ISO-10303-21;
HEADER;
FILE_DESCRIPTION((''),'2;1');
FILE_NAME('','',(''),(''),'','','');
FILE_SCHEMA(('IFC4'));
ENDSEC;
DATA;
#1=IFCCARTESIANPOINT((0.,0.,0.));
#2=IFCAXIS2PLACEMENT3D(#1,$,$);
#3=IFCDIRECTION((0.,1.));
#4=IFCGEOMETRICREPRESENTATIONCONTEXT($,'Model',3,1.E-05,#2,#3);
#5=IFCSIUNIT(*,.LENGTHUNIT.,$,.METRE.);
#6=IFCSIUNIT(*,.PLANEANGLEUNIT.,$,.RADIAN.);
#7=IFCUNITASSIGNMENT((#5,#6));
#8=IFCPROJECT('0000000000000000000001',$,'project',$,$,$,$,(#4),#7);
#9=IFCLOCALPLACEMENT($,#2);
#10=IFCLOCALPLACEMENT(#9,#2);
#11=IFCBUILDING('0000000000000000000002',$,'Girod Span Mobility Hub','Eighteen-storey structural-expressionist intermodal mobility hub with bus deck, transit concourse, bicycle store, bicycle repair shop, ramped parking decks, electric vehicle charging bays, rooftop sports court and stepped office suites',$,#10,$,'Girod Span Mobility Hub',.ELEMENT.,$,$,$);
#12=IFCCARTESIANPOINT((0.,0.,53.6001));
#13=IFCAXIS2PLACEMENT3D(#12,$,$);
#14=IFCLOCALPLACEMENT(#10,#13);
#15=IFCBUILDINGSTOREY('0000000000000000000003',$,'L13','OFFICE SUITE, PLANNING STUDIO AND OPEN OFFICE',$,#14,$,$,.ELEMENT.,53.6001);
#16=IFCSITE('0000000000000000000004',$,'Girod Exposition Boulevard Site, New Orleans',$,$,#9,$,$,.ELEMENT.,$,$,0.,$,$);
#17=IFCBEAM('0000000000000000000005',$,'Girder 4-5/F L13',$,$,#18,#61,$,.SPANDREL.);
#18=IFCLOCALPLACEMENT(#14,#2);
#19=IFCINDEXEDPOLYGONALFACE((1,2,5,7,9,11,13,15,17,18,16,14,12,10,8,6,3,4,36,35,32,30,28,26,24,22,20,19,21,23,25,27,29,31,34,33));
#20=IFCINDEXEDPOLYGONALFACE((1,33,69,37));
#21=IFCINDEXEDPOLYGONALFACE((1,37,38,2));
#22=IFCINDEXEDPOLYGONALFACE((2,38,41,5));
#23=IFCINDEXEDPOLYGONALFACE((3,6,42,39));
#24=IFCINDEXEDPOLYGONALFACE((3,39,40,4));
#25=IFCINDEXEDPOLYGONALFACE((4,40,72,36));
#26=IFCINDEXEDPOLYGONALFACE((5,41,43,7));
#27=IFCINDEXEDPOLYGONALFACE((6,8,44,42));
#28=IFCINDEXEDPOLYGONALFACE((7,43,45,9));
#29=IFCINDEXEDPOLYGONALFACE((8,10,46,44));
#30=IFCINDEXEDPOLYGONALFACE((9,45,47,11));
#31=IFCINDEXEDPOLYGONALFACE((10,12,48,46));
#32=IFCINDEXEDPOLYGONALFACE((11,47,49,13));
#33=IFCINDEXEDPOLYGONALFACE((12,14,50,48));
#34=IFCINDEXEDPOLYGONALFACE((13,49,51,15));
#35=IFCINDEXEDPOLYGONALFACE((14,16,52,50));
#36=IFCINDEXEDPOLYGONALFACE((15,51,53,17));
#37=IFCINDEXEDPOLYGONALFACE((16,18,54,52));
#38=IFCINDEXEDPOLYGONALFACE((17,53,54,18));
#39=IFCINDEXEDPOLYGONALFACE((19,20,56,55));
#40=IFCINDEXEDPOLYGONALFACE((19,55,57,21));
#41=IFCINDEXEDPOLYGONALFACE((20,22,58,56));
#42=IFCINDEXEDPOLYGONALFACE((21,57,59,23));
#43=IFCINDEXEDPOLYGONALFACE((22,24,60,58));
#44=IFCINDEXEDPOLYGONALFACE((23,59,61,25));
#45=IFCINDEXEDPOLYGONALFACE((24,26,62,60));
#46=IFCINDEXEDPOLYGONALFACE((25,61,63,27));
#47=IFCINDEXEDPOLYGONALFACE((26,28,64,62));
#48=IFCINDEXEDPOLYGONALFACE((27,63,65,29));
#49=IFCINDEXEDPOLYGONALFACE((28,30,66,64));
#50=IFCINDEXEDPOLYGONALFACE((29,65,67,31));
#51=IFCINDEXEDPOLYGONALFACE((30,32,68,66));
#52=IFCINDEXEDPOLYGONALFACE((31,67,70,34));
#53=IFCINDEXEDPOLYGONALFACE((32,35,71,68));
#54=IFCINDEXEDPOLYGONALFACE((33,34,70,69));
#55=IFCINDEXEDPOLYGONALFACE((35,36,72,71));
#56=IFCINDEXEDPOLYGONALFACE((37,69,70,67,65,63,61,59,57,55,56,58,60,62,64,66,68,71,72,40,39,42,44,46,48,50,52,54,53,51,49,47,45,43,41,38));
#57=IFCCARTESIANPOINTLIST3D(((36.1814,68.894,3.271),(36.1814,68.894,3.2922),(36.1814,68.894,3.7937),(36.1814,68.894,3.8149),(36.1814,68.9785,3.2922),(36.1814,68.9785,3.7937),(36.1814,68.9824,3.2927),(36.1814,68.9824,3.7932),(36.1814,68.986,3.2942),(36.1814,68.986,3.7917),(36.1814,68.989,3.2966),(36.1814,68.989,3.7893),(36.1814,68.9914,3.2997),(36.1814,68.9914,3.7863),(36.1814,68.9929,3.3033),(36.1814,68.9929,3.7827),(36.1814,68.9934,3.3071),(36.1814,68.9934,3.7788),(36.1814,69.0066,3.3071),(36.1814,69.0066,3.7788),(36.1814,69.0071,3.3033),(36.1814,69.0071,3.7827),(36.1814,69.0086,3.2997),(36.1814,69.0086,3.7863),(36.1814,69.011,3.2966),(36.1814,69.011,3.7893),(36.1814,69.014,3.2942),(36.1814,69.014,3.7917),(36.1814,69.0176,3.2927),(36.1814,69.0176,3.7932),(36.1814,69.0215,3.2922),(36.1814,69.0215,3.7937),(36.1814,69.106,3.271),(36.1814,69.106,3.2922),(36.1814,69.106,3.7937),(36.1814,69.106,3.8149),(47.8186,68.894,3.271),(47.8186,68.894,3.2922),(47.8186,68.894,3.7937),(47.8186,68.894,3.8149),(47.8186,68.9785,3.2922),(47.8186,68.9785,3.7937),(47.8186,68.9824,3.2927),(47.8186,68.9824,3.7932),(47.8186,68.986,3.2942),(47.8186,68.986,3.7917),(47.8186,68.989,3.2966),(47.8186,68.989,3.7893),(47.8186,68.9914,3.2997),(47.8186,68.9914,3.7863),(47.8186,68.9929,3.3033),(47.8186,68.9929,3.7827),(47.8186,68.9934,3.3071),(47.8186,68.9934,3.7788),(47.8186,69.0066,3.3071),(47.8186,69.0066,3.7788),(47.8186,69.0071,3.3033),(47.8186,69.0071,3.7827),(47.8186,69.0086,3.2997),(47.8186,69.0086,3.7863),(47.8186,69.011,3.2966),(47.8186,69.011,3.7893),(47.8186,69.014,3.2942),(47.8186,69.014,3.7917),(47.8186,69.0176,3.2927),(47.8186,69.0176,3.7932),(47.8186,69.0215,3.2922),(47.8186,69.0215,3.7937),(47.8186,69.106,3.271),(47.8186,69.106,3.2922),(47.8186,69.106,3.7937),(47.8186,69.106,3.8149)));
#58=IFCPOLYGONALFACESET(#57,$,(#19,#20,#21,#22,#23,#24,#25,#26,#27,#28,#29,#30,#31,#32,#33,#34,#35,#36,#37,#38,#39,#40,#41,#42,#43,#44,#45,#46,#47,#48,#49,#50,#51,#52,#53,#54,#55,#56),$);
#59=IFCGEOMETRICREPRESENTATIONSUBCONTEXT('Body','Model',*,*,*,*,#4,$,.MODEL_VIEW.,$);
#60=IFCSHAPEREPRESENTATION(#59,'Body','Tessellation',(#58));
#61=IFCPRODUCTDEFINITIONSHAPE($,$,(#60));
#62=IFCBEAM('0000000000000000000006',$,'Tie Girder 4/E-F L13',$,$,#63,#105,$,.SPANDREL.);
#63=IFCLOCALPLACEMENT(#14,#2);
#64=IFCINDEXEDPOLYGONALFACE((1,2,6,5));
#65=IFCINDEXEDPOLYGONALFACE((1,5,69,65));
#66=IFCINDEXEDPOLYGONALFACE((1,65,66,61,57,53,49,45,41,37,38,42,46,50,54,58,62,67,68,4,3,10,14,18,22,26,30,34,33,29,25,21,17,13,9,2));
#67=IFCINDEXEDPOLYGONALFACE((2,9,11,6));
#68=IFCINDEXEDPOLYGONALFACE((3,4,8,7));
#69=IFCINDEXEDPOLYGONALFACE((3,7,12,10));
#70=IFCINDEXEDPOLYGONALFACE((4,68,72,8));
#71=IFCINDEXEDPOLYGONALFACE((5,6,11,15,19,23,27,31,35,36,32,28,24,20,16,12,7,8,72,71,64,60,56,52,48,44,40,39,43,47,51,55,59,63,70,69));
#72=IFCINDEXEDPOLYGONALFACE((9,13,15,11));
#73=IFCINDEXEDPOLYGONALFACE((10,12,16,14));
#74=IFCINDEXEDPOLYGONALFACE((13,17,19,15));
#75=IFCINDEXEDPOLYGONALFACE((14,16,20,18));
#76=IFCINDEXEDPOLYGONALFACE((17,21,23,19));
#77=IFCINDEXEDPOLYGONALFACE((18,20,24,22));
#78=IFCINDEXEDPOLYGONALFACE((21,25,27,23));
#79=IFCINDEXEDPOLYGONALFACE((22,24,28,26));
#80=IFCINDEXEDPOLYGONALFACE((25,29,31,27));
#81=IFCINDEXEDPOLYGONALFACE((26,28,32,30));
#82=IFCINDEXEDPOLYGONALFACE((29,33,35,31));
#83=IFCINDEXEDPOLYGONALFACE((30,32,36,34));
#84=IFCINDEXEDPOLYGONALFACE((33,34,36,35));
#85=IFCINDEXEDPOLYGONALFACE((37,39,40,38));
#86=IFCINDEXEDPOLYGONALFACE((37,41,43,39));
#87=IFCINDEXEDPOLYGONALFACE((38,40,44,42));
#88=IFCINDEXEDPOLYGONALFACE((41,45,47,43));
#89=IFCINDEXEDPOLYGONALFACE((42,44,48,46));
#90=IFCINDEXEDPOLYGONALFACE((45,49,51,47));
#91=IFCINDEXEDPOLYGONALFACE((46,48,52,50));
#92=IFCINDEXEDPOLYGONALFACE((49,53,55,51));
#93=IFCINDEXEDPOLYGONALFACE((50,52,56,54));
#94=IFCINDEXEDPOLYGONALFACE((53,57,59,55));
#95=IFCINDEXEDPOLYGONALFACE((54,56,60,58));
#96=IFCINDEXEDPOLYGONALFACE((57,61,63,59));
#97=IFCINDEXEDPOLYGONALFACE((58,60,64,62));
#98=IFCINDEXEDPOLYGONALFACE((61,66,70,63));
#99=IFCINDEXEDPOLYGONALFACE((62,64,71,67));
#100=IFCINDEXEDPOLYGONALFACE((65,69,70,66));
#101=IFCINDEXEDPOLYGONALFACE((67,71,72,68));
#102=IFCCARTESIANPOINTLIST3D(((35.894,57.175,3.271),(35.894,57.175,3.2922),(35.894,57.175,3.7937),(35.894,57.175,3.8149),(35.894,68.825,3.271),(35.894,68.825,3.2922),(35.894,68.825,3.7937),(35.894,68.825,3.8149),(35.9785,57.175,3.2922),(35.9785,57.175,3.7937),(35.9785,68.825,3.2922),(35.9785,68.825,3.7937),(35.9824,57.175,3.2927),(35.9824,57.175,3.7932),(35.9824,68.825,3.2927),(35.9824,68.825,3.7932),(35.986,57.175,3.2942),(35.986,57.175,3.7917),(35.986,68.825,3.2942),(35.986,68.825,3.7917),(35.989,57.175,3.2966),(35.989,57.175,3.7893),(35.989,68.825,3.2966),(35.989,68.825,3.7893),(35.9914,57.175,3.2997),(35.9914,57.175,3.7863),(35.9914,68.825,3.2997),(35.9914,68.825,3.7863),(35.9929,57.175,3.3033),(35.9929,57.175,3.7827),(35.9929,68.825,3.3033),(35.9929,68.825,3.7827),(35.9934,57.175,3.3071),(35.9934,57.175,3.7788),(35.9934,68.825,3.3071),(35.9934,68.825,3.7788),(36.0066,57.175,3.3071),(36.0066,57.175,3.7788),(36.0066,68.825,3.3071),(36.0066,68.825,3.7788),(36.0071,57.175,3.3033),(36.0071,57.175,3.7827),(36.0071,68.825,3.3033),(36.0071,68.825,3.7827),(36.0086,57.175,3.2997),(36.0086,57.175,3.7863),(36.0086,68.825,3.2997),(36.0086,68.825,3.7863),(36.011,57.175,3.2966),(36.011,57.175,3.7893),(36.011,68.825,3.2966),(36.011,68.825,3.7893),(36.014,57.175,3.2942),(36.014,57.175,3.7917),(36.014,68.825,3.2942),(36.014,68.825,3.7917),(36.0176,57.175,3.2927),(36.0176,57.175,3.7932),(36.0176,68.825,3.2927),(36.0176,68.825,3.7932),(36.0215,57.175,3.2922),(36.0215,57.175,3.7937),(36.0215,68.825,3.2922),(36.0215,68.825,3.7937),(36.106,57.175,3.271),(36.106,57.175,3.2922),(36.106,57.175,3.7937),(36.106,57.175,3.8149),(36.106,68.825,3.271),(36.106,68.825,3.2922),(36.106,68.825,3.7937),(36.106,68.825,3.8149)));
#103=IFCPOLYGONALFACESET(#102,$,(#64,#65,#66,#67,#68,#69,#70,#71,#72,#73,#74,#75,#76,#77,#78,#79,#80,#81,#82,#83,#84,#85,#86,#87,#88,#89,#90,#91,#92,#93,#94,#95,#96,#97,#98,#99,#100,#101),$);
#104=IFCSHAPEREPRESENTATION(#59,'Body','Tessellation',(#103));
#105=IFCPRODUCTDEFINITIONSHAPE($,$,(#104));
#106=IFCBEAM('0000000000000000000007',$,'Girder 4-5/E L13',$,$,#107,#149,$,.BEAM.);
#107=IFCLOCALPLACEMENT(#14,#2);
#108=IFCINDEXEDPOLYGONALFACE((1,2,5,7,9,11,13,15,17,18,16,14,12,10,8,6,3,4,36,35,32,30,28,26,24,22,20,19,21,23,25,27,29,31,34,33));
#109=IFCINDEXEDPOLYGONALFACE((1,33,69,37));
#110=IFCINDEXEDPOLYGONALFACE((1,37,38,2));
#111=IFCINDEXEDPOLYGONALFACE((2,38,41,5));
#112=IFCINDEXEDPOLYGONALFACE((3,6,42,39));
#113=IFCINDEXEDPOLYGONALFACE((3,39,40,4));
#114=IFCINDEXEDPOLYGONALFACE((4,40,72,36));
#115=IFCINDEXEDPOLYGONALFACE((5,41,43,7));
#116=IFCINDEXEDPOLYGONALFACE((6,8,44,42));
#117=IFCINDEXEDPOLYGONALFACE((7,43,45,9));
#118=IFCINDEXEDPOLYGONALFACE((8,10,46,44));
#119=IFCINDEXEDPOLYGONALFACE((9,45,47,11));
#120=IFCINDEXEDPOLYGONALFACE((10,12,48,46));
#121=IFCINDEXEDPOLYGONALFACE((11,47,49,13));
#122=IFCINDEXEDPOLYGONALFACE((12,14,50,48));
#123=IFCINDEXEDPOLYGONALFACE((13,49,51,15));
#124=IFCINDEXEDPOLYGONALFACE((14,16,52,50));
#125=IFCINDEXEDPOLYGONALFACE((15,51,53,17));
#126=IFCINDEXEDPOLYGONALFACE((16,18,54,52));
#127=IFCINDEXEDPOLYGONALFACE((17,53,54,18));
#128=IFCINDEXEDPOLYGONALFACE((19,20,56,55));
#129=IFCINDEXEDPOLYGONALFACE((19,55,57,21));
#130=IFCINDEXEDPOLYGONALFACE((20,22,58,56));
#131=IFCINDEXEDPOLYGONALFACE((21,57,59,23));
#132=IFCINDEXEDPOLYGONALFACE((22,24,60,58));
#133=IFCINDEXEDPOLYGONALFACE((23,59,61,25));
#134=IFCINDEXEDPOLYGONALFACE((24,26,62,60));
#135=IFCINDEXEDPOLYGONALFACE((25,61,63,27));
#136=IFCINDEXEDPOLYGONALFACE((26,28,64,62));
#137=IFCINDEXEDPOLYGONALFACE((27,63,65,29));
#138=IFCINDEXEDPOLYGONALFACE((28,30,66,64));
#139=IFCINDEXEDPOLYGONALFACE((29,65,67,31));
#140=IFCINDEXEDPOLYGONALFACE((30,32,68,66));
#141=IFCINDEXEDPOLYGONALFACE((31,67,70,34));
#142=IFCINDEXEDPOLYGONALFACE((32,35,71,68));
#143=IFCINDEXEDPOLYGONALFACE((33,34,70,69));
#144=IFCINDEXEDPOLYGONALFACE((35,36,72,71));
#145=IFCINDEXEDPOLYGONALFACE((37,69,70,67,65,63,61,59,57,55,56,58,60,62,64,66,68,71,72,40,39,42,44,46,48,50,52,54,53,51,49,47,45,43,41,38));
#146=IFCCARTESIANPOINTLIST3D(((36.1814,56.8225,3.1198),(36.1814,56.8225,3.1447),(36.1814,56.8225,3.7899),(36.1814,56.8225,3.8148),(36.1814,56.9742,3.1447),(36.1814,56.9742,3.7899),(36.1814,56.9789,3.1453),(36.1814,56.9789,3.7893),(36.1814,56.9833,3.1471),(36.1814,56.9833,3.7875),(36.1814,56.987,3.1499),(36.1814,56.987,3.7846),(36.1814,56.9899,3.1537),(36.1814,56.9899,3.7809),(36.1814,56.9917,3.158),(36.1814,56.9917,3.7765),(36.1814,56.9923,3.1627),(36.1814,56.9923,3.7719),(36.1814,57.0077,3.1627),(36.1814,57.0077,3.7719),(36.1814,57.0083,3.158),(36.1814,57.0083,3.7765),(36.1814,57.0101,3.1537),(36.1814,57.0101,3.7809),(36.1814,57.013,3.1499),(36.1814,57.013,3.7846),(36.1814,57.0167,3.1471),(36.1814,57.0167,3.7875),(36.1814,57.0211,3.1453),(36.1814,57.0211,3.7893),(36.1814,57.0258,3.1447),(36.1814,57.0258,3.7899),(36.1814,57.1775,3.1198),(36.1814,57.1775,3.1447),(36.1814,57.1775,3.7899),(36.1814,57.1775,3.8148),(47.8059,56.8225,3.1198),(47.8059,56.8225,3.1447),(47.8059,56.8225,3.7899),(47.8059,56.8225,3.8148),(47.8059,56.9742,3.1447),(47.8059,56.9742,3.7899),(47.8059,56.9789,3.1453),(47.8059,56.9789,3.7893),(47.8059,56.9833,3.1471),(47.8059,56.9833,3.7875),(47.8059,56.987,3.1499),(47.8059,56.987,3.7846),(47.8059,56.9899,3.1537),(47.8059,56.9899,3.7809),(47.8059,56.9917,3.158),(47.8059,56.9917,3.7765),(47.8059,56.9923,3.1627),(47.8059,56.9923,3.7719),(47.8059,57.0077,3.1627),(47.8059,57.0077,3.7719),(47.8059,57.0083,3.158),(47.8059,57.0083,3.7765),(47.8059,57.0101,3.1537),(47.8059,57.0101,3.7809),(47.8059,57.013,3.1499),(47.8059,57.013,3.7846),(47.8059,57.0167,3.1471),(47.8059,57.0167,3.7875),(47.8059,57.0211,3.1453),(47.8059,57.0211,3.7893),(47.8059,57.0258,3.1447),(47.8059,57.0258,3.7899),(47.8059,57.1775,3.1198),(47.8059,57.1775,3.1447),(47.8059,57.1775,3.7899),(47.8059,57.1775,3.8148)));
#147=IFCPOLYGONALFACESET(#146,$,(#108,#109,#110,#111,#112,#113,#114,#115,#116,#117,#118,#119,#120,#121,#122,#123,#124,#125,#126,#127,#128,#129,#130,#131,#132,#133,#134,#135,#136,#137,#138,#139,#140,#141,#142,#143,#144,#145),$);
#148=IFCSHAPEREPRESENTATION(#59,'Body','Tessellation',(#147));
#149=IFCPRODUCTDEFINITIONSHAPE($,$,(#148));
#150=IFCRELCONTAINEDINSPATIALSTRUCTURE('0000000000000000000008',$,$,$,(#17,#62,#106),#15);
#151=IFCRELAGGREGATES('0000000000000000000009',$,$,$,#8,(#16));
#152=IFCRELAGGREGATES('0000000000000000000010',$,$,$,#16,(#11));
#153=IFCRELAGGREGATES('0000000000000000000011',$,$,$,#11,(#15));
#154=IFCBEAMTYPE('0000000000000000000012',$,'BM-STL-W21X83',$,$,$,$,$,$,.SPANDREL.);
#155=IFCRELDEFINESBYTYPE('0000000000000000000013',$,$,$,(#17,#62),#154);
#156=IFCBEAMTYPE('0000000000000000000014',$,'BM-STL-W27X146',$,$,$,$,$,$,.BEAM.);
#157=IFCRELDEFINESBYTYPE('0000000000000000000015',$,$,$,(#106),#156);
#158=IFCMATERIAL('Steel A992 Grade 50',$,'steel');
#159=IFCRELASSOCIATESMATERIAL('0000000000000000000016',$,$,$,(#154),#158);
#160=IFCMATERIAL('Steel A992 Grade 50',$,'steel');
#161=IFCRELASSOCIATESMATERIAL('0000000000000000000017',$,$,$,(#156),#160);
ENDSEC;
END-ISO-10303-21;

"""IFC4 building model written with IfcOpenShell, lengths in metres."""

from ifc_helpers import new_model, si_unit, direction, frame, origin, origin_2d, place, context, subcontext, project, spatial, i_section, extrude, material, material_profile, profile_set, type_object, element, save


model = new_model("IFC4")

# Units and contexts
model_context = context("Model", 3, precision=1e-05, world=origin(), true_north=direction((0.0, 1.0)))
body_context = subcontext(model_context, "Body", "Model", "MODEL_VIEW")
ifc_project = project(units=[si_unit("LENGTHUNIT", "METRE"), si_unit("PLANEANGLEUNIT", "RADIAN")], contexts=[model_context])

# Site, building, storey
site_placement = place(None, origin())
site = spatial("IfcSite", under=ifc_project, at=site_placement, Name="Girod Exposition Boulevard Site, New Orleans", CompositionType="ELEMENT", RefElevation=0.0)
building_placement = place(site_placement, origin())
building = spatial("IfcBuilding", under=site, at=building_placement, Name="Girod Span Mobility Hub", Description="Eighteen-storey structural-expressionist intermodal mobility hub with bus deck, transit concourse, bicycle store, bicycle repair shop, ramped parking decks, electric vehicle charging bays, rooftop sports court and stepped office suites", LongName="Girod Span Mobility Hub", CompositionType="ELEMENT")
storey_placement = place(building_placement, frame((0.0, 0.0, 53.6001)))
storey = spatial("IfcBuildingStorey", under=building, at=storey_placement, Name="L13", Description="OFFICE SUITE, PLANNING STUDIO AND OPEN OFFICE", CompositionType="ELEMENT", Elevation=53.6001)

# Beams
ifc_material_1 = material(Name="Steel A992 Grade 50", Category="steel")
ifc_material_profile_1 = material_profile(ifc_material_1, i_section(OverallWidth=0.2119, OverallDepth=0.5439, WebThickness=0.0132, FlangeThickness=0.0212, FilletRadius=0.0149, at=origin_2d()), Name="W21X83")
ifc_profile_set_1 = profile_set([ifc_material_profile_1], Name="Steel A992 Grade 50")
beam_type_1 = type_object("IfcBeamType", Name="BM-STL-W21X83", PredefinedType="SPANDREL", material=ifc_profile_set_1)
beam_1_placement = place(storey_placement, frame((36.1814, 69.0, 3.543), z_axis=(1.0, 0.0, 0.0), x_axis=(0.0, 1.0, 0.0)))
element("IfcBeam", 1, at=beam_1_placement, inside=storey, type_object=beam_type_1, Name="Girder 4-5/F L13", PredefinedType="SPANDREL", context=body_context, shape_type="SweptSolid", body=[
    extrude(i_section(OverallWidth=0.2119, OverallDepth=0.5439, WebThickness=0.0132, FlangeThickness=0.0212, FilletRadius=0.0149, at=origin_2d()), origin(), (0.0, 0.0, 1.0), 11.6372),
])
beam_2_placement = place(storey_placement, frame((36.0, 57.175, 3.543), z_axis=(0.0, 1.0, 0.0), x_axis=(-1.0, 0.0, 0.0)))
element("IfcBeam", 2, at=beam_2_placement, inside=storey, type_object=beam_type_1, Name="Tie Girder 4/E-F L13", PredefinedType="SPANDREL", context=body_context, shape_type="SweptSolid", body=[
    extrude(i_section(OverallWidth=0.2119, OverallDepth=0.5439, WebThickness=0.0132, FlangeThickness=0.0212, FilletRadius=0.0149, at=origin_2d()), origin(), (0.0, 0.0, 1.0), 11.6499),
])
ifc_material_2 = material(Name="Steel A992 Grade 50", Category="steel")
ifc_material_profile_2 = material_profile(ifc_material_2, i_section(OverallWidth=0.355, OverallDepth=0.6951, WebThickness=0.0154, FlangeThickness=0.0249, FilletRadius=0.0181, at=origin_2d()), Name="W27X146")
ifc_profile_set_2 = profile_set([ifc_material_profile_2], Name="Steel A992 Grade 50")
beam_type_2 = type_object("IfcBeamType", Name="BM-STL-W27X146", PredefinedType="BEAM", material=ifc_profile_set_2)
beam_3_placement = place(storey_placement, frame((36.1814, 57.0, 3.4673), z_axis=(1.0, 0.0, 0.0), x_axis=(0.0, 1.0, 0.0)))
element("IfcBeam", 3, at=beam_3_placement, inside=storey, type_object=beam_type_2, Name="Girder 4-5/E L13", PredefinedType="BEAM", context=body_context, shape_type="SweptSolid", body=[
    extrude(i_section(OverallWidth=0.355, OverallDepth=0.6951, WebThickness=0.0154, FlangeThickness=0.0249, FilletRadius=0.0181, at=origin_2d()), origin(), (0.0, 0.0, 1.0), 11.6245),
])

save(model, "model.ifc")
